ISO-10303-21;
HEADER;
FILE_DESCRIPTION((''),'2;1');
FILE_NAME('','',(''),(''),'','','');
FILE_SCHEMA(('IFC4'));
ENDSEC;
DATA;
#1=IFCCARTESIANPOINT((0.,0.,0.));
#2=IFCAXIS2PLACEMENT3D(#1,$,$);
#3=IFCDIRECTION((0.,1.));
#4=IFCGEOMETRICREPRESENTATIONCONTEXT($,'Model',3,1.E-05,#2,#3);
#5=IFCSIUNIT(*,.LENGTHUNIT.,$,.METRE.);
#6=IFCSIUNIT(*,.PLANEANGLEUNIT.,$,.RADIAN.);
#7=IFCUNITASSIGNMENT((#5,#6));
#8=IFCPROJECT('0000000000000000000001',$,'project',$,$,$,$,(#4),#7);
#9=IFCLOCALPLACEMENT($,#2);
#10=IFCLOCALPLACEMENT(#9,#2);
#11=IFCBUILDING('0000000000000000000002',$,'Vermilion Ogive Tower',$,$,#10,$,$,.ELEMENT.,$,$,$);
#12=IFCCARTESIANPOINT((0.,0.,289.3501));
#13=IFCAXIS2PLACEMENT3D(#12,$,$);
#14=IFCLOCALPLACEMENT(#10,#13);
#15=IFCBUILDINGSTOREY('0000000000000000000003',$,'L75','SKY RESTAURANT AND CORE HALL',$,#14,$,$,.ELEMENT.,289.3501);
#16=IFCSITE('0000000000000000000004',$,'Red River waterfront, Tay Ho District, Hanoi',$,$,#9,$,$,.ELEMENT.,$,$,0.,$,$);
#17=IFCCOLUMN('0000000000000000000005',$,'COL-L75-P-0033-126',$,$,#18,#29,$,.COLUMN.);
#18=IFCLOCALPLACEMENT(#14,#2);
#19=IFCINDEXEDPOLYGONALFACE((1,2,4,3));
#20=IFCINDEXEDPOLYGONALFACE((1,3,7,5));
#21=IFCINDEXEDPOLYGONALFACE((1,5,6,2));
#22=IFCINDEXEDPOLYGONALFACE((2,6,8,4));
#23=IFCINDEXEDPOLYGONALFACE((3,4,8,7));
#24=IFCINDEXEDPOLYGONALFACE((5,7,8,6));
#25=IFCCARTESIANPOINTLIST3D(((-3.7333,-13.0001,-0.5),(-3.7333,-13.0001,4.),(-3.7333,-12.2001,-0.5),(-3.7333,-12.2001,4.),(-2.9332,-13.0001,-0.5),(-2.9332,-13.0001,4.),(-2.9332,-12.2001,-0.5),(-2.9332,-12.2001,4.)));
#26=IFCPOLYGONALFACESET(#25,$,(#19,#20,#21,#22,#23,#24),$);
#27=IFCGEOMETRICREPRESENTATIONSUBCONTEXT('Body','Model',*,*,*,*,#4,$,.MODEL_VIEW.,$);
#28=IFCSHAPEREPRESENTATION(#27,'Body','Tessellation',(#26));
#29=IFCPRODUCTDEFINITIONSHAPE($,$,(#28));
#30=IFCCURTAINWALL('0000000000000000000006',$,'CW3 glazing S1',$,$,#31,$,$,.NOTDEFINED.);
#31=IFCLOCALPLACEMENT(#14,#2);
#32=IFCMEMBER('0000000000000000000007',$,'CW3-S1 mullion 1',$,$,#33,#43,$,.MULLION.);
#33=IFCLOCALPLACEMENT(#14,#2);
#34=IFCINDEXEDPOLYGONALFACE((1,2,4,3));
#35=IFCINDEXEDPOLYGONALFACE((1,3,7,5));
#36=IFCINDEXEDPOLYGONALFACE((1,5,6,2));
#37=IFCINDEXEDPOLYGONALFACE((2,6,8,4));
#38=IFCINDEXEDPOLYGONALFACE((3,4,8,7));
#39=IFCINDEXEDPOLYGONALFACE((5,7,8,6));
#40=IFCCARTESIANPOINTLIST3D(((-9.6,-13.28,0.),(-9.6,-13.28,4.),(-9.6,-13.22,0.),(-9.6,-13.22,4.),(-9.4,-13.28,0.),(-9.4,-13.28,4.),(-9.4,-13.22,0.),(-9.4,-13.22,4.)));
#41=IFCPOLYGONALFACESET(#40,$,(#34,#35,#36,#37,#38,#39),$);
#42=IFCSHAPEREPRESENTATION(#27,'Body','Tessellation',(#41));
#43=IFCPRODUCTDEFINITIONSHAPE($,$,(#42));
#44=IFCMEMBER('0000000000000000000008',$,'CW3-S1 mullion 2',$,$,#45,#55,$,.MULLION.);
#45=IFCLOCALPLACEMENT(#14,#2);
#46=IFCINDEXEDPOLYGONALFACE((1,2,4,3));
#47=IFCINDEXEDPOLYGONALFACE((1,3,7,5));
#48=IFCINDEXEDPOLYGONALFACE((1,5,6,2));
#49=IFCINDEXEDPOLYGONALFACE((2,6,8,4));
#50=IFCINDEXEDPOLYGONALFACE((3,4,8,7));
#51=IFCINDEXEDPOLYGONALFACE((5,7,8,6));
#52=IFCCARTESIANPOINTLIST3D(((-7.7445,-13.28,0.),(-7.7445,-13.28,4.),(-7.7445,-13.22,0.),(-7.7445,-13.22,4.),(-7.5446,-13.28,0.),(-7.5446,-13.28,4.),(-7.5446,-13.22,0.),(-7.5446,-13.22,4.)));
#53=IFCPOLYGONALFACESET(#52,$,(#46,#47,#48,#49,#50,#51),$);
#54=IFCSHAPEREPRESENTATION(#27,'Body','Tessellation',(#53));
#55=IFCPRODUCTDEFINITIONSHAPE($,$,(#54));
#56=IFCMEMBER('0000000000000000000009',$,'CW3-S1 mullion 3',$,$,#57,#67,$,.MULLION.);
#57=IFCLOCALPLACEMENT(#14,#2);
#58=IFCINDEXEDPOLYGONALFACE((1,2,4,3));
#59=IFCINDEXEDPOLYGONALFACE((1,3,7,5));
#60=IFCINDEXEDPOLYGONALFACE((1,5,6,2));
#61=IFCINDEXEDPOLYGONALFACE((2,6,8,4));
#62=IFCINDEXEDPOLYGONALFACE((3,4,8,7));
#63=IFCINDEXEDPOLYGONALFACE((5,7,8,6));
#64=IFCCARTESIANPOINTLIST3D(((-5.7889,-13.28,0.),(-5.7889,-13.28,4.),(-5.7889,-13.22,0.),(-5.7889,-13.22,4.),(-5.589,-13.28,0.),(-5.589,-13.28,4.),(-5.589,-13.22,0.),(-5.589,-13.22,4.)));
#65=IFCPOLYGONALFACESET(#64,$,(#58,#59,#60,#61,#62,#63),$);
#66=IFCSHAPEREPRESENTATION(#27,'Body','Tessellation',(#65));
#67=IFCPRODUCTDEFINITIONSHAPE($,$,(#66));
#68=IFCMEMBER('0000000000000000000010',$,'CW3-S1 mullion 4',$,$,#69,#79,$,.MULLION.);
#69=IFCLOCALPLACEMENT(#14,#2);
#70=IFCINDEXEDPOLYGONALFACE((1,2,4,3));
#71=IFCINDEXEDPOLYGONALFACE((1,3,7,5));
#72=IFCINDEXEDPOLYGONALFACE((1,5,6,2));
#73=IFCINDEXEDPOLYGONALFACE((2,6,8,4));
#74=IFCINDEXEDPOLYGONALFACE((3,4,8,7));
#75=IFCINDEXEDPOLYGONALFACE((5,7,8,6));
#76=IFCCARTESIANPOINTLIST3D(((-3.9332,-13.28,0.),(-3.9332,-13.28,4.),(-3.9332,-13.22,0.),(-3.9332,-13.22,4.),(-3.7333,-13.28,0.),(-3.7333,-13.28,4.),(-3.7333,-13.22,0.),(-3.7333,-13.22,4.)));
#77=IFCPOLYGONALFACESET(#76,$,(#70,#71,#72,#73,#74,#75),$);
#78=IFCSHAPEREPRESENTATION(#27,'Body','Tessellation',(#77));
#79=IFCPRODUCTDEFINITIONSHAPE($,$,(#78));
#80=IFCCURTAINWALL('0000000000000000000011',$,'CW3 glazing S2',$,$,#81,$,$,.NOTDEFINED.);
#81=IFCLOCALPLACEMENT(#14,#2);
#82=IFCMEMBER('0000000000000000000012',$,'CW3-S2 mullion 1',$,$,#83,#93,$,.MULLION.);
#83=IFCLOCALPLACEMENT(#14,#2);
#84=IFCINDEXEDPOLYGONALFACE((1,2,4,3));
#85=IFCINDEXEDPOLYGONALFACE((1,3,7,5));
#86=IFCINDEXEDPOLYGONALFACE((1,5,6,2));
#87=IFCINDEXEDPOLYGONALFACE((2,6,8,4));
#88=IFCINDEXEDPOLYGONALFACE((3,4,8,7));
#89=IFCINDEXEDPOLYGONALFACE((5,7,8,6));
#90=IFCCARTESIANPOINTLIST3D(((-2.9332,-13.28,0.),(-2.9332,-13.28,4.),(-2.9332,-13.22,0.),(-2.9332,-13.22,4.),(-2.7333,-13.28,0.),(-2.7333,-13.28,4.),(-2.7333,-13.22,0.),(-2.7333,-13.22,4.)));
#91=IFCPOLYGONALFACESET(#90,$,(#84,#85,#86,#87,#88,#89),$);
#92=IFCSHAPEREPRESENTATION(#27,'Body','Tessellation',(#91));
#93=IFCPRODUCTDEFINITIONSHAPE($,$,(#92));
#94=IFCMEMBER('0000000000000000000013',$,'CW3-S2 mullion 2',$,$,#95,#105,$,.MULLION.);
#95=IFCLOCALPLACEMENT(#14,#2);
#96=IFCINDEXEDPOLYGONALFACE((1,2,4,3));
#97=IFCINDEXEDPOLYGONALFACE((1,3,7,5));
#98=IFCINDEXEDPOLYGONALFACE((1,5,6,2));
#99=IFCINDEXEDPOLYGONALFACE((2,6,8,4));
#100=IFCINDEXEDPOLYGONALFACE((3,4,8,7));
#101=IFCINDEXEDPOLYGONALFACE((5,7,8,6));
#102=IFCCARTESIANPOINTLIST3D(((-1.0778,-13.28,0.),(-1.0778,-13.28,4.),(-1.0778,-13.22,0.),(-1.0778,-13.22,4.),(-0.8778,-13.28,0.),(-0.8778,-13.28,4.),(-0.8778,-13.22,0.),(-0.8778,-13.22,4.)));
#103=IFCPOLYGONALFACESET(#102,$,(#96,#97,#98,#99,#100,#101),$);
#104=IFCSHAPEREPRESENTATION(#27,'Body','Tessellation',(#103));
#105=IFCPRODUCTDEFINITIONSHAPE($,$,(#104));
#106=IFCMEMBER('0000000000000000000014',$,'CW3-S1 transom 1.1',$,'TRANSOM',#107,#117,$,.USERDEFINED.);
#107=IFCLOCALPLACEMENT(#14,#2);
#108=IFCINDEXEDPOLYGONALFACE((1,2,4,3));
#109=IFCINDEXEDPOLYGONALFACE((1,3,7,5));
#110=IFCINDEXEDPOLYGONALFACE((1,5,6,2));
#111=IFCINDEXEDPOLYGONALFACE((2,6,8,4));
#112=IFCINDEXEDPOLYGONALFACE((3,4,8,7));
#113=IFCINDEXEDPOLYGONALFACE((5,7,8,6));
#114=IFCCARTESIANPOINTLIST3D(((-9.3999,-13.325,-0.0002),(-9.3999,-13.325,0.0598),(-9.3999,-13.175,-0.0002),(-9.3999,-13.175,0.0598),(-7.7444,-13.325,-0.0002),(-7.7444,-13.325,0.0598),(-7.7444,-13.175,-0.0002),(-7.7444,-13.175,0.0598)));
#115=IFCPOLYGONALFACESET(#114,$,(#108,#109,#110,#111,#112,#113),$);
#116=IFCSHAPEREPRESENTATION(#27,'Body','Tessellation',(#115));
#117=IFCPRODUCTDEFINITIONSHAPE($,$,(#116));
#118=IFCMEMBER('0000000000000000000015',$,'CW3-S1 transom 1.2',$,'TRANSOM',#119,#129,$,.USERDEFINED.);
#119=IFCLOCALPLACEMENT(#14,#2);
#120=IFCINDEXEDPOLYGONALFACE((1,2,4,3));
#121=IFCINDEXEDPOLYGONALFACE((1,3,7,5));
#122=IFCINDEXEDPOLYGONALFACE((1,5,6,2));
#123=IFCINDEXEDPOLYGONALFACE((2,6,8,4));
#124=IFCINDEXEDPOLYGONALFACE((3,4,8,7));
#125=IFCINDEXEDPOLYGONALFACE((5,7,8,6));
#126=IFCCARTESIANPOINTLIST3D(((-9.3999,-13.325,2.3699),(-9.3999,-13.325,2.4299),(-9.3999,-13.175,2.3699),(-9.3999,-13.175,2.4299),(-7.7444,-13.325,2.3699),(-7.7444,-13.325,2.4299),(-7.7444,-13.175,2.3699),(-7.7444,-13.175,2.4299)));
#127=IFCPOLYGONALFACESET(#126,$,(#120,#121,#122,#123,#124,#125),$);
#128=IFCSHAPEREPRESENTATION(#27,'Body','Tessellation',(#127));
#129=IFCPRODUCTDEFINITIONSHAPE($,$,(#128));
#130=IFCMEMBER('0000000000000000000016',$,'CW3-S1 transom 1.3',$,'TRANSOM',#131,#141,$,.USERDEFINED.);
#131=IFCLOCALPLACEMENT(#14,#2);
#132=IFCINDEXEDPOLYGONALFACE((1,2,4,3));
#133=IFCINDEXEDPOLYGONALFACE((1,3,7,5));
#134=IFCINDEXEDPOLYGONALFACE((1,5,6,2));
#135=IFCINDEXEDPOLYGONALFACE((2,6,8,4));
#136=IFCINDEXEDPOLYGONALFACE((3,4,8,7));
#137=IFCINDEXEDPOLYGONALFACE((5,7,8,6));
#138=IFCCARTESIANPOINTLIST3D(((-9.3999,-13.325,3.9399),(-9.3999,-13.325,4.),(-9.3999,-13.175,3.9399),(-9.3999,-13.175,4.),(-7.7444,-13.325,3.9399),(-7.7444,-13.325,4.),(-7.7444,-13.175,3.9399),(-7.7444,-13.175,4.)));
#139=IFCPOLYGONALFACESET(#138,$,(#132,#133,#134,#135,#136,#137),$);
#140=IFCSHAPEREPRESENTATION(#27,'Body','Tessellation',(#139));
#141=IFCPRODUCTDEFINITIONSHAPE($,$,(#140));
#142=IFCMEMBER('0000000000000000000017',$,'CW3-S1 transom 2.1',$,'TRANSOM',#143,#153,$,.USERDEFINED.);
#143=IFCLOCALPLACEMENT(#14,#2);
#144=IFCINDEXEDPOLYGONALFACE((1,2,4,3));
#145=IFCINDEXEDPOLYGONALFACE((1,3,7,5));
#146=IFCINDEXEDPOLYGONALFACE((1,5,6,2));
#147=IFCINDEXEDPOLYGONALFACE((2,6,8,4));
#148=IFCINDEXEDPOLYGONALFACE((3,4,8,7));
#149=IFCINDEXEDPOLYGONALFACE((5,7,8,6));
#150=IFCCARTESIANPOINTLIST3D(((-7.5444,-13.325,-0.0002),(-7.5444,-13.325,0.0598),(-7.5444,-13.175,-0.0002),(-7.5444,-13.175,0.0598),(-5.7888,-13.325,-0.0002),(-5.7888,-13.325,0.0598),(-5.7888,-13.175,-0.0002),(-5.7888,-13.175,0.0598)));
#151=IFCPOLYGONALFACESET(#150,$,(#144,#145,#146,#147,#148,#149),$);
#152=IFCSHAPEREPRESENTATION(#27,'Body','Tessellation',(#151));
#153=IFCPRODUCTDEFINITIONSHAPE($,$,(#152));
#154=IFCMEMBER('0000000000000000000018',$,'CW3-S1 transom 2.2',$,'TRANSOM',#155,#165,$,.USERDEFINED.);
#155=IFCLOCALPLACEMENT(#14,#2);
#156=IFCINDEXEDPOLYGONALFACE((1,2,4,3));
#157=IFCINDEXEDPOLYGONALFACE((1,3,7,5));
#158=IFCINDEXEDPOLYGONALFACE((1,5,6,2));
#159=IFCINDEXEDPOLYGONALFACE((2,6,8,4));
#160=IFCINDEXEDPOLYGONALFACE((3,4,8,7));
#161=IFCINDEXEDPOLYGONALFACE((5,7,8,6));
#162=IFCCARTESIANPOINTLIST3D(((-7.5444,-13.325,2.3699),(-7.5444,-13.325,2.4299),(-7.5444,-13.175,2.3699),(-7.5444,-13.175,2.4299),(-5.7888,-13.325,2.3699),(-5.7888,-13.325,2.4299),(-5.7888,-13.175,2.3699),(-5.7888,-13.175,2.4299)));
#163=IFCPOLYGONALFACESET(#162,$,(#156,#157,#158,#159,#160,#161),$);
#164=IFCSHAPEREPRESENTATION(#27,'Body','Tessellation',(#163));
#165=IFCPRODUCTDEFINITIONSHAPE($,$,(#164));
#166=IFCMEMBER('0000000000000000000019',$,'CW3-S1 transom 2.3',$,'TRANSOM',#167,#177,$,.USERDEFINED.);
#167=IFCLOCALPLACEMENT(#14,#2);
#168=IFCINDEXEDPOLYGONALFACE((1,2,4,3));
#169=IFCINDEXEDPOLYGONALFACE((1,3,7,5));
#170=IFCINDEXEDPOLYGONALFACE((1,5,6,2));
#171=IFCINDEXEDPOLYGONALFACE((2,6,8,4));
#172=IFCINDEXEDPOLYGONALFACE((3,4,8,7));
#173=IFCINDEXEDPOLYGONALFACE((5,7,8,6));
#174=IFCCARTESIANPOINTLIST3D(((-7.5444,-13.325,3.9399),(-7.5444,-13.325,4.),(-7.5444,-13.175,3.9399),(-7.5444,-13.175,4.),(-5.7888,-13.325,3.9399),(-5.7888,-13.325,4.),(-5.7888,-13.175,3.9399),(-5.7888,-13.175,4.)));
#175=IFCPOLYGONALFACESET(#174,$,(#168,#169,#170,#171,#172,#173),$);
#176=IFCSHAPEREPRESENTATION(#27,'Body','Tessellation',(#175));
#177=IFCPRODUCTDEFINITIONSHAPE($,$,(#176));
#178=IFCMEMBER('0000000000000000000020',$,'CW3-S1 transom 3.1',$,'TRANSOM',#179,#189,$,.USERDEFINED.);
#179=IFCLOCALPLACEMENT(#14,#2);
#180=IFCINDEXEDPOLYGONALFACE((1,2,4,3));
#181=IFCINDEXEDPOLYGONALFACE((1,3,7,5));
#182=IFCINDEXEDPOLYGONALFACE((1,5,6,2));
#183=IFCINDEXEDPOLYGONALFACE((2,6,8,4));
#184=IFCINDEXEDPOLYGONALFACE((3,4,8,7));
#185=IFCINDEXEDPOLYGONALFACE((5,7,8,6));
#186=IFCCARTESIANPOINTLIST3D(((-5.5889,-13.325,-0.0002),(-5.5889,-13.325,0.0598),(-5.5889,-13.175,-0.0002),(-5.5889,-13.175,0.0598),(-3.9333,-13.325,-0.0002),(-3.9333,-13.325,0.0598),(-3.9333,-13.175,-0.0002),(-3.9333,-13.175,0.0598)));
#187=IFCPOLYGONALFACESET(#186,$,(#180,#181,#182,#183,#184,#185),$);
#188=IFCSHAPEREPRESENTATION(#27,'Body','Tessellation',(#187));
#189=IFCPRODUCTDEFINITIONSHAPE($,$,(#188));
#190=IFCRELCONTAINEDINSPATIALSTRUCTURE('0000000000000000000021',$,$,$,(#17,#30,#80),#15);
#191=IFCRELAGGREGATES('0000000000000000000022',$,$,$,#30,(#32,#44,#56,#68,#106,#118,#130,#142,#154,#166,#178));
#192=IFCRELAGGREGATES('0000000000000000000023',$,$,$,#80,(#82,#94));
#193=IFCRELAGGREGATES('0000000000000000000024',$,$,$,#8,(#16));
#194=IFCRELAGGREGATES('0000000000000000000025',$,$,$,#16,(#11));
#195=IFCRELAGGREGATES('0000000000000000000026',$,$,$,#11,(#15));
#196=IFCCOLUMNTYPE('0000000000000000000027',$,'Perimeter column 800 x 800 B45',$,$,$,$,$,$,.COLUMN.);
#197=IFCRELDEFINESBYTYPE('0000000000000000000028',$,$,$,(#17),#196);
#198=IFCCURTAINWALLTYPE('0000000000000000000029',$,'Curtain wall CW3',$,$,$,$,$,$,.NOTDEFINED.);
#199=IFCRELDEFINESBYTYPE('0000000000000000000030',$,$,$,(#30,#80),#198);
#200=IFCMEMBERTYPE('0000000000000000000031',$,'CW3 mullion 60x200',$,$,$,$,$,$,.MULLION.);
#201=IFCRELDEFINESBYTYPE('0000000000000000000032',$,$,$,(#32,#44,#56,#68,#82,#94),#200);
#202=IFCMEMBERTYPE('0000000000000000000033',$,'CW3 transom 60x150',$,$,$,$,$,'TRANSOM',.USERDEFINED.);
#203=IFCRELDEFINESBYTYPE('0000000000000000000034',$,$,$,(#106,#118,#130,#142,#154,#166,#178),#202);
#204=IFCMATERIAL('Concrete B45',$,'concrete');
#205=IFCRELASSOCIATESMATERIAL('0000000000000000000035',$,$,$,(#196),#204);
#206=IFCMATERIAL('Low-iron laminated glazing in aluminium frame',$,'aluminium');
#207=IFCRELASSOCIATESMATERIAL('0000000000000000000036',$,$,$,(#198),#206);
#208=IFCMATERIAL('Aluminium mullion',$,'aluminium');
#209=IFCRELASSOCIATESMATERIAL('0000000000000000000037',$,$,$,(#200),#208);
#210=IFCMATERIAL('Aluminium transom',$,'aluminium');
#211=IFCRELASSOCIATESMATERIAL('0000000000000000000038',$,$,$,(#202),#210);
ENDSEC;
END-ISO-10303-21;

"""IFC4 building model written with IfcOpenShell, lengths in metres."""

from ifc_helpers import new_model, si_unit, direction, frame, origin, origin_2d, place, context, subcontext, project, spatial, rectangle, extrude, material, material_profile, profile_set, type_object, element, aggregate, save


model = new_model("IFC4")

# Units and contexts
model_context = context("Model", 3, precision=1e-05, world=origin(), true_north=direction((0.0, 1.0)))
body_context = subcontext(model_context, "Body", "Model", "MODEL_VIEW")
ifc_project = project(units=[si_unit("LENGTHUNIT", "METRE"), si_unit("PLANEANGLEUNIT", "RADIAN")], contexts=[model_context])

# Site, building, storey
site_placement = place(None, origin())
site = spatial("IfcSite", under=ifc_project, at=site_placement, Name="Red River waterfront, Tay Ho District, Hanoi", CompositionType="ELEMENT", RefElevation=0.0)
building_placement = place(site_placement, origin())
building = spatial("IfcBuilding", under=site, at=building_placement, Name="Vermilion Ogive Tower", CompositionType="ELEMENT")
storey_placement = place(building_placement, frame((0.0, 0.0, 289.3501)))
storey = spatial("IfcBuildingStorey", under=building, at=storey_placement, Name="L75", Description="SKY RESTAURANT AND CORE HALL", CompositionType="ELEMENT", Elevation=289.3501)

# Column
ifc_material_1 = material(Name="Concrete B45", Category="concrete")
ifc_material_profile_1 = material_profile(ifc_material_1, rectangle(XDim=0.8, YDim=0.8, at=origin_2d()), Name="800 x 800")
ifc_profile_set_1 = profile_set([ifc_material_profile_1], Name="Concrete B45")
column_type = type_object("IfcColumnType", Name="Perimeter column 800 x 800 B45", PredefinedType="COLUMN", material=ifc_profile_set_1)
column_placement = place(storey_placement, frame((-3.3333, -12.6001, -0.5), z_axis=(0.0, 0.0, 1.0), x_axis=(1.0, 0.0, 0.0)))
element("IfcColumn", 1, at=column_placement, inside=storey, type_object=column_type, Name="COL-L75-P-0033-126", PredefinedType="COLUMN", context=body_context, shape_type="SweptSolid", body=[
    extrude(rectangle(XDim=0.8, YDim=0.8, at=origin_2d()), origin(), (0.0, 0.0, 1.0), 4.5),
])

# Curtain walls, members
ifc_material_2 = material(Name="Low-iron laminated glazing in aluminium frame", Category="aluminium")
curtain_wall_type = type_object("IfcCurtainWallType", Name="Curtain wall CW3", PredefinedType="NOTDEFINED", material=ifc_material_2)
curtain_wall_1_placement = place(storey_placement, origin())
curtain_wall_1 = element("IfcCurtainWall", 2, at=curtain_wall_1_placement, inside=storey, type_object=curtain_wall_type, Name="CW3 glazing S1", PredefinedType="NOTDEFINED")
ifc_material_3 = material(Name="Aluminium mullion", Category="aluminium")
ifc_material_profile_2 = material_profile(ifc_material_3, rectangle(XDim=0.0601, YDim=0.2, at=origin_2d()), Name="AL 60x200")
ifc_profile_set_2 = profile_set([ifc_material_profile_2], Name="Aluminium mullion")
member_type_1 = type_object("IfcMemberType", Name="CW3 mullion 60x200", PredefinedType="MULLION", material=ifc_profile_set_2)
member_1_placement = place(storey_placement, frame((-9.5, -13.25, 0.0), z_axis=(0.0, 0.0, 1.0), x_axis=(0.0, 1.0, 0.0)))
member_1 = element("IfcMember", 3, at=member_1_placement, type_object=member_type_1, Name="CW3-S1 mullion 1", PredefinedType="MULLION", context=body_context, shape_type="SweptSolid", body=[
    extrude(rectangle(XDim=0.0601, YDim=0.2, at=origin_2d()), origin(), (0.0, 0.0, 1.0), 4.0),
])
member_2_placement = place(storey_placement, frame((-7.6445, -13.25, 0.0), z_axis=(0.0, 0.0, 1.0), x_axis=(0.0, 1.0, 0.0)))
member_2 = element("IfcMember", 4, at=member_2_placement, type_object=member_type_1, Name="CW3-S1 mullion 2", PredefinedType="MULLION", context=body_context, shape_type="SweptSolid", body=[
    extrude(rectangle(XDim=0.0601, YDim=0.2, at=origin_2d()), origin(), (0.0, 0.0, 1.0), 4.0),
])
member_3_placement = place(storey_placement, frame((-5.689, -13.25, 0.0), z_axis=(0.0, 0.0, 1.0), x_axis=(0.0, 1.0, 0.0)))
member_3 = element("IfcMember", 5, at=member_3_placement, type_object=member_type_1, Name="CW3-S1 mullion 3", PredefinedType="MULLION", context=body_context, shape_type="SweptSolid", body=[
    extrude(rectangle(XDim=0.0601, YDim=0.2, at=origin_2d()), origin(), (0.0, 0.0, 1.0), 4.0),
])
member_4_placement = place(storey_placement, frame((-3.8333, -13.25, 0.0), z_axis=(0.0, 0.0, 1.0), x_axis=(0.0, 1.0, 0.0)))
member_4 = element("IfcMember", 6, at=member_4_placement, type_object=member_type_1, Name="CW3-S1 mullion 4", PredefinedType="MULLION", context=body_context, shape_type="SweptSolid", body=[
    extrude(rectangle(XDim=0.0601, YDim=0.2, at=origin_2d()), origin(), (0.0, 0.0, 1.0), 4.0),
])
curtain_wall_2_placement = place(storey_placement, origin())
curtain_wall_2 = element("IfcCurtainWall", 7, at=curtain_wall_2_placement, inside=storey, type_object=curtain_wall_type, Name="CW3 glazing S2", PredefinedType="NOTDEFINED")
member_5_placement = place(storey_placement, frame((-2.8333, -13.25, 0.0), z_axis=(0.0, 0.0, 1.0), x_axis=(0.0, 1.0, 0.0)))
member_5 = element("IfcMember", 8, at=member_5_placement, type_object=member_type_1, Name="CW3-S2 mullion 1", PredefinedType="MULLION", context=body_context, shape_type="SweptSolid", body=[
    extrude(rectangle(XDim=0.0601, YDim=0.2, at=origin_2d()), origin(), (0.0, 0.0, 1.0), 4.0),
])
member_6_placement = place(storey_placement, frame((-0.9778, -13.25, 0.0), z_axis=(0.0, 0.0, 1.0), x_axis=(0.0, 1.0, 0.0)))
member_6 = element("IfcMember", 9, at=member_6_placement, type_object=member_type_1, Name="CW3-S2 mullion 2", PredefinedType="MULLION", context=body_context, shape_type="SweptSolid", body=[
    extrude(rectangle(XDim=0.0601, YDim=0.2, at=origin_2d()), origin(), (0.0, 0.0, 1.0), 4.0),
])

# Members
ifc_material_4 = material(Name="Aluminium transom", Category="aluminium")
ifc_material_profile_3 = material_profile(ifc_material_4, rectangle(XDim=0.1499, YDim=0.0601, at=origin_2d()), Name="AL 60x150")
ifc_profile_set_3 = profile_set([ifc_material_profile_3], Name="Aluminium transom")
member_type_2 = type_object("IfcMemberType", Name="CW3 transom 60x150", ElementType="TRANSOM", PredefinedType="USERDEFINED", material=ifc_profile_set_3)
member_7_placement = place(storey_placement, frame((-9.3999, -13.25, 0.0298), z_axis=(1.0, 0.0, 0.0), x_axis=(0.0, 1.0, 0.0)))
member_7 = element("IfcMember", 10, at=member_7_placement, type_object=member_type_2, Name="CW3-S1 transom 1.1", ObjectType="TRANSOM", PredefinedType="USERDEFINED", context=body_context, shape_type="SweptSolid", body=[
    extrude(rectangle(XDim=0.1499, YDim=0.0601, at=origin_2d()), origin(), (0.0, 0.0, 1.0), 1.6555),
])
member_8_placement = place(storey_placement, frame((-9.3999, -13.25, 2.3999), z_axis=(1.0, 0.0, 0.0), x_axis=(0.0, 1.0, 0.0)))
member_8 = element("IfcMember", 11, at=member_8_placement, type_object=member_type_2, Name="CW3-S1 transom 1.2", ObjectType="TRANSOM", PredefinedType="USERDEFINED", context=body_context, shape_type="SweptSolid", body=[
    extrude(rectangle(XDim=0.1499, YDim=0.0601, at=origin_2d()), origin(), (0.0, 0.0, 1.0), 1.6555),
])
member_9_placement = place(storey_placement, frame((-9.3999, -13.25, 3.97), z_axis=(1.0, 0.0, 0.0), x_axis=(0.0, 1.0, 0.0)))
member_9 = element("IfcMember", 12, at=member_9_placement, type_object=member_type_2, Name="CW3-S1 transom 1.3", ObjectType="TRANSOM", PredefinedType="USERDEFINED", context=body_context, shape_type="SweptSolid", body=[
    extrude(rectangle(XDim=0.1499, YDim=0.0601, at=origin_2d()), origin(), (0.0, 0.0, 1.0), 1.6555),
])
member_10_placement = place(storey_placement, frame((-7.5444, -13.25, 0.0298), z_axis=(1.0, 0.0, 0.0), x_axis=(0.0, 1.0, 0.0)))
member_10 = element("IfcMember", 13, at=member_10_placement, type_object=member_type_2, Name="CW3-S1 transom 2.1", ObjectType="TRANSOM", PredefinedType="USERDEFINED", context=body_context, shape_type="SweptSolid", body=[
    extrude(rectangle(XDim=0.1499, YDim=0.0601, at=origin_2d()), origin(), (0.0, 0.0, 1.0), 1.7556),
])
member_11_placement = place(storey_placement, frame((-7.5444, -13.25, 2.3999), z_axis=(1.0, 0.0, 0.0), x_axis=(0.0, 1.0, 0.0)))
member_11 = element("IfcMember", 14, at=member_11_placement, type_object=member_type_2, Name="CW3-S1 transom 2.2", ObjectType="TRANSOM", PredefinedType="USERDEFINED", context=body_context, shape_type="SweptSolid", body=[
    extrude(rectangle(XDim=0.1499, YDim=0.0601, at=origin_2d()), origin(), (0.0, 0.0, 1.0), 1.7556),
])
member_12_placement = place(storey_placement, frame((-7.5444, -13.25, 3.97), z_axis=(1.0, 0.0, 0.0), x_axis=(0.0, 1.0, 0.0)))
member_12 = element("IfcMember", 15, at=member_12_placement, type_object=member_type_2, Name="CW3-S1 transom 2.3", ObjectType="TRANSOM", PredefinedType="USERDEFINED", context=body_context, shape_type="SweptSolid", body=[
    extrude(rectangle(XDim=0.1499, YDim=0.0601, at=origin_2d()), origin(), (0.0, 0.0, 1.0), 1.7556),
])
member_13_placement = place(storey_placement, frame((-5.5889, -13.25, 0.0298), z_axis=(1.0, 0.0, 0.0), x_axis=(0.0, 1.0, 0.0)))
member_13 = element("IfcMember", 16, at=member_13_placement, type_object=member_type_2, Name="CW3-S1 transom 3.1", ObjectType="TRANSOM", PredefinedType="USERDEFINED", context=body_context, shape_type="SweptSolid", body=[
    extrude(rectangle(XDim=0.1499, YDim=0.0601, at=origin_2d()), origin(), (0.0, 0.0, 1.0), 1.6555),
])

aggregate(curtain_wall_1, [member_1, member_2, member_3, member_4, member_7, member_8, member_9, member_10, member_11, member_12, member_13])
aggregate(curtain_wall_2, [member_5, member_6])

save(model, "model.ifc")
